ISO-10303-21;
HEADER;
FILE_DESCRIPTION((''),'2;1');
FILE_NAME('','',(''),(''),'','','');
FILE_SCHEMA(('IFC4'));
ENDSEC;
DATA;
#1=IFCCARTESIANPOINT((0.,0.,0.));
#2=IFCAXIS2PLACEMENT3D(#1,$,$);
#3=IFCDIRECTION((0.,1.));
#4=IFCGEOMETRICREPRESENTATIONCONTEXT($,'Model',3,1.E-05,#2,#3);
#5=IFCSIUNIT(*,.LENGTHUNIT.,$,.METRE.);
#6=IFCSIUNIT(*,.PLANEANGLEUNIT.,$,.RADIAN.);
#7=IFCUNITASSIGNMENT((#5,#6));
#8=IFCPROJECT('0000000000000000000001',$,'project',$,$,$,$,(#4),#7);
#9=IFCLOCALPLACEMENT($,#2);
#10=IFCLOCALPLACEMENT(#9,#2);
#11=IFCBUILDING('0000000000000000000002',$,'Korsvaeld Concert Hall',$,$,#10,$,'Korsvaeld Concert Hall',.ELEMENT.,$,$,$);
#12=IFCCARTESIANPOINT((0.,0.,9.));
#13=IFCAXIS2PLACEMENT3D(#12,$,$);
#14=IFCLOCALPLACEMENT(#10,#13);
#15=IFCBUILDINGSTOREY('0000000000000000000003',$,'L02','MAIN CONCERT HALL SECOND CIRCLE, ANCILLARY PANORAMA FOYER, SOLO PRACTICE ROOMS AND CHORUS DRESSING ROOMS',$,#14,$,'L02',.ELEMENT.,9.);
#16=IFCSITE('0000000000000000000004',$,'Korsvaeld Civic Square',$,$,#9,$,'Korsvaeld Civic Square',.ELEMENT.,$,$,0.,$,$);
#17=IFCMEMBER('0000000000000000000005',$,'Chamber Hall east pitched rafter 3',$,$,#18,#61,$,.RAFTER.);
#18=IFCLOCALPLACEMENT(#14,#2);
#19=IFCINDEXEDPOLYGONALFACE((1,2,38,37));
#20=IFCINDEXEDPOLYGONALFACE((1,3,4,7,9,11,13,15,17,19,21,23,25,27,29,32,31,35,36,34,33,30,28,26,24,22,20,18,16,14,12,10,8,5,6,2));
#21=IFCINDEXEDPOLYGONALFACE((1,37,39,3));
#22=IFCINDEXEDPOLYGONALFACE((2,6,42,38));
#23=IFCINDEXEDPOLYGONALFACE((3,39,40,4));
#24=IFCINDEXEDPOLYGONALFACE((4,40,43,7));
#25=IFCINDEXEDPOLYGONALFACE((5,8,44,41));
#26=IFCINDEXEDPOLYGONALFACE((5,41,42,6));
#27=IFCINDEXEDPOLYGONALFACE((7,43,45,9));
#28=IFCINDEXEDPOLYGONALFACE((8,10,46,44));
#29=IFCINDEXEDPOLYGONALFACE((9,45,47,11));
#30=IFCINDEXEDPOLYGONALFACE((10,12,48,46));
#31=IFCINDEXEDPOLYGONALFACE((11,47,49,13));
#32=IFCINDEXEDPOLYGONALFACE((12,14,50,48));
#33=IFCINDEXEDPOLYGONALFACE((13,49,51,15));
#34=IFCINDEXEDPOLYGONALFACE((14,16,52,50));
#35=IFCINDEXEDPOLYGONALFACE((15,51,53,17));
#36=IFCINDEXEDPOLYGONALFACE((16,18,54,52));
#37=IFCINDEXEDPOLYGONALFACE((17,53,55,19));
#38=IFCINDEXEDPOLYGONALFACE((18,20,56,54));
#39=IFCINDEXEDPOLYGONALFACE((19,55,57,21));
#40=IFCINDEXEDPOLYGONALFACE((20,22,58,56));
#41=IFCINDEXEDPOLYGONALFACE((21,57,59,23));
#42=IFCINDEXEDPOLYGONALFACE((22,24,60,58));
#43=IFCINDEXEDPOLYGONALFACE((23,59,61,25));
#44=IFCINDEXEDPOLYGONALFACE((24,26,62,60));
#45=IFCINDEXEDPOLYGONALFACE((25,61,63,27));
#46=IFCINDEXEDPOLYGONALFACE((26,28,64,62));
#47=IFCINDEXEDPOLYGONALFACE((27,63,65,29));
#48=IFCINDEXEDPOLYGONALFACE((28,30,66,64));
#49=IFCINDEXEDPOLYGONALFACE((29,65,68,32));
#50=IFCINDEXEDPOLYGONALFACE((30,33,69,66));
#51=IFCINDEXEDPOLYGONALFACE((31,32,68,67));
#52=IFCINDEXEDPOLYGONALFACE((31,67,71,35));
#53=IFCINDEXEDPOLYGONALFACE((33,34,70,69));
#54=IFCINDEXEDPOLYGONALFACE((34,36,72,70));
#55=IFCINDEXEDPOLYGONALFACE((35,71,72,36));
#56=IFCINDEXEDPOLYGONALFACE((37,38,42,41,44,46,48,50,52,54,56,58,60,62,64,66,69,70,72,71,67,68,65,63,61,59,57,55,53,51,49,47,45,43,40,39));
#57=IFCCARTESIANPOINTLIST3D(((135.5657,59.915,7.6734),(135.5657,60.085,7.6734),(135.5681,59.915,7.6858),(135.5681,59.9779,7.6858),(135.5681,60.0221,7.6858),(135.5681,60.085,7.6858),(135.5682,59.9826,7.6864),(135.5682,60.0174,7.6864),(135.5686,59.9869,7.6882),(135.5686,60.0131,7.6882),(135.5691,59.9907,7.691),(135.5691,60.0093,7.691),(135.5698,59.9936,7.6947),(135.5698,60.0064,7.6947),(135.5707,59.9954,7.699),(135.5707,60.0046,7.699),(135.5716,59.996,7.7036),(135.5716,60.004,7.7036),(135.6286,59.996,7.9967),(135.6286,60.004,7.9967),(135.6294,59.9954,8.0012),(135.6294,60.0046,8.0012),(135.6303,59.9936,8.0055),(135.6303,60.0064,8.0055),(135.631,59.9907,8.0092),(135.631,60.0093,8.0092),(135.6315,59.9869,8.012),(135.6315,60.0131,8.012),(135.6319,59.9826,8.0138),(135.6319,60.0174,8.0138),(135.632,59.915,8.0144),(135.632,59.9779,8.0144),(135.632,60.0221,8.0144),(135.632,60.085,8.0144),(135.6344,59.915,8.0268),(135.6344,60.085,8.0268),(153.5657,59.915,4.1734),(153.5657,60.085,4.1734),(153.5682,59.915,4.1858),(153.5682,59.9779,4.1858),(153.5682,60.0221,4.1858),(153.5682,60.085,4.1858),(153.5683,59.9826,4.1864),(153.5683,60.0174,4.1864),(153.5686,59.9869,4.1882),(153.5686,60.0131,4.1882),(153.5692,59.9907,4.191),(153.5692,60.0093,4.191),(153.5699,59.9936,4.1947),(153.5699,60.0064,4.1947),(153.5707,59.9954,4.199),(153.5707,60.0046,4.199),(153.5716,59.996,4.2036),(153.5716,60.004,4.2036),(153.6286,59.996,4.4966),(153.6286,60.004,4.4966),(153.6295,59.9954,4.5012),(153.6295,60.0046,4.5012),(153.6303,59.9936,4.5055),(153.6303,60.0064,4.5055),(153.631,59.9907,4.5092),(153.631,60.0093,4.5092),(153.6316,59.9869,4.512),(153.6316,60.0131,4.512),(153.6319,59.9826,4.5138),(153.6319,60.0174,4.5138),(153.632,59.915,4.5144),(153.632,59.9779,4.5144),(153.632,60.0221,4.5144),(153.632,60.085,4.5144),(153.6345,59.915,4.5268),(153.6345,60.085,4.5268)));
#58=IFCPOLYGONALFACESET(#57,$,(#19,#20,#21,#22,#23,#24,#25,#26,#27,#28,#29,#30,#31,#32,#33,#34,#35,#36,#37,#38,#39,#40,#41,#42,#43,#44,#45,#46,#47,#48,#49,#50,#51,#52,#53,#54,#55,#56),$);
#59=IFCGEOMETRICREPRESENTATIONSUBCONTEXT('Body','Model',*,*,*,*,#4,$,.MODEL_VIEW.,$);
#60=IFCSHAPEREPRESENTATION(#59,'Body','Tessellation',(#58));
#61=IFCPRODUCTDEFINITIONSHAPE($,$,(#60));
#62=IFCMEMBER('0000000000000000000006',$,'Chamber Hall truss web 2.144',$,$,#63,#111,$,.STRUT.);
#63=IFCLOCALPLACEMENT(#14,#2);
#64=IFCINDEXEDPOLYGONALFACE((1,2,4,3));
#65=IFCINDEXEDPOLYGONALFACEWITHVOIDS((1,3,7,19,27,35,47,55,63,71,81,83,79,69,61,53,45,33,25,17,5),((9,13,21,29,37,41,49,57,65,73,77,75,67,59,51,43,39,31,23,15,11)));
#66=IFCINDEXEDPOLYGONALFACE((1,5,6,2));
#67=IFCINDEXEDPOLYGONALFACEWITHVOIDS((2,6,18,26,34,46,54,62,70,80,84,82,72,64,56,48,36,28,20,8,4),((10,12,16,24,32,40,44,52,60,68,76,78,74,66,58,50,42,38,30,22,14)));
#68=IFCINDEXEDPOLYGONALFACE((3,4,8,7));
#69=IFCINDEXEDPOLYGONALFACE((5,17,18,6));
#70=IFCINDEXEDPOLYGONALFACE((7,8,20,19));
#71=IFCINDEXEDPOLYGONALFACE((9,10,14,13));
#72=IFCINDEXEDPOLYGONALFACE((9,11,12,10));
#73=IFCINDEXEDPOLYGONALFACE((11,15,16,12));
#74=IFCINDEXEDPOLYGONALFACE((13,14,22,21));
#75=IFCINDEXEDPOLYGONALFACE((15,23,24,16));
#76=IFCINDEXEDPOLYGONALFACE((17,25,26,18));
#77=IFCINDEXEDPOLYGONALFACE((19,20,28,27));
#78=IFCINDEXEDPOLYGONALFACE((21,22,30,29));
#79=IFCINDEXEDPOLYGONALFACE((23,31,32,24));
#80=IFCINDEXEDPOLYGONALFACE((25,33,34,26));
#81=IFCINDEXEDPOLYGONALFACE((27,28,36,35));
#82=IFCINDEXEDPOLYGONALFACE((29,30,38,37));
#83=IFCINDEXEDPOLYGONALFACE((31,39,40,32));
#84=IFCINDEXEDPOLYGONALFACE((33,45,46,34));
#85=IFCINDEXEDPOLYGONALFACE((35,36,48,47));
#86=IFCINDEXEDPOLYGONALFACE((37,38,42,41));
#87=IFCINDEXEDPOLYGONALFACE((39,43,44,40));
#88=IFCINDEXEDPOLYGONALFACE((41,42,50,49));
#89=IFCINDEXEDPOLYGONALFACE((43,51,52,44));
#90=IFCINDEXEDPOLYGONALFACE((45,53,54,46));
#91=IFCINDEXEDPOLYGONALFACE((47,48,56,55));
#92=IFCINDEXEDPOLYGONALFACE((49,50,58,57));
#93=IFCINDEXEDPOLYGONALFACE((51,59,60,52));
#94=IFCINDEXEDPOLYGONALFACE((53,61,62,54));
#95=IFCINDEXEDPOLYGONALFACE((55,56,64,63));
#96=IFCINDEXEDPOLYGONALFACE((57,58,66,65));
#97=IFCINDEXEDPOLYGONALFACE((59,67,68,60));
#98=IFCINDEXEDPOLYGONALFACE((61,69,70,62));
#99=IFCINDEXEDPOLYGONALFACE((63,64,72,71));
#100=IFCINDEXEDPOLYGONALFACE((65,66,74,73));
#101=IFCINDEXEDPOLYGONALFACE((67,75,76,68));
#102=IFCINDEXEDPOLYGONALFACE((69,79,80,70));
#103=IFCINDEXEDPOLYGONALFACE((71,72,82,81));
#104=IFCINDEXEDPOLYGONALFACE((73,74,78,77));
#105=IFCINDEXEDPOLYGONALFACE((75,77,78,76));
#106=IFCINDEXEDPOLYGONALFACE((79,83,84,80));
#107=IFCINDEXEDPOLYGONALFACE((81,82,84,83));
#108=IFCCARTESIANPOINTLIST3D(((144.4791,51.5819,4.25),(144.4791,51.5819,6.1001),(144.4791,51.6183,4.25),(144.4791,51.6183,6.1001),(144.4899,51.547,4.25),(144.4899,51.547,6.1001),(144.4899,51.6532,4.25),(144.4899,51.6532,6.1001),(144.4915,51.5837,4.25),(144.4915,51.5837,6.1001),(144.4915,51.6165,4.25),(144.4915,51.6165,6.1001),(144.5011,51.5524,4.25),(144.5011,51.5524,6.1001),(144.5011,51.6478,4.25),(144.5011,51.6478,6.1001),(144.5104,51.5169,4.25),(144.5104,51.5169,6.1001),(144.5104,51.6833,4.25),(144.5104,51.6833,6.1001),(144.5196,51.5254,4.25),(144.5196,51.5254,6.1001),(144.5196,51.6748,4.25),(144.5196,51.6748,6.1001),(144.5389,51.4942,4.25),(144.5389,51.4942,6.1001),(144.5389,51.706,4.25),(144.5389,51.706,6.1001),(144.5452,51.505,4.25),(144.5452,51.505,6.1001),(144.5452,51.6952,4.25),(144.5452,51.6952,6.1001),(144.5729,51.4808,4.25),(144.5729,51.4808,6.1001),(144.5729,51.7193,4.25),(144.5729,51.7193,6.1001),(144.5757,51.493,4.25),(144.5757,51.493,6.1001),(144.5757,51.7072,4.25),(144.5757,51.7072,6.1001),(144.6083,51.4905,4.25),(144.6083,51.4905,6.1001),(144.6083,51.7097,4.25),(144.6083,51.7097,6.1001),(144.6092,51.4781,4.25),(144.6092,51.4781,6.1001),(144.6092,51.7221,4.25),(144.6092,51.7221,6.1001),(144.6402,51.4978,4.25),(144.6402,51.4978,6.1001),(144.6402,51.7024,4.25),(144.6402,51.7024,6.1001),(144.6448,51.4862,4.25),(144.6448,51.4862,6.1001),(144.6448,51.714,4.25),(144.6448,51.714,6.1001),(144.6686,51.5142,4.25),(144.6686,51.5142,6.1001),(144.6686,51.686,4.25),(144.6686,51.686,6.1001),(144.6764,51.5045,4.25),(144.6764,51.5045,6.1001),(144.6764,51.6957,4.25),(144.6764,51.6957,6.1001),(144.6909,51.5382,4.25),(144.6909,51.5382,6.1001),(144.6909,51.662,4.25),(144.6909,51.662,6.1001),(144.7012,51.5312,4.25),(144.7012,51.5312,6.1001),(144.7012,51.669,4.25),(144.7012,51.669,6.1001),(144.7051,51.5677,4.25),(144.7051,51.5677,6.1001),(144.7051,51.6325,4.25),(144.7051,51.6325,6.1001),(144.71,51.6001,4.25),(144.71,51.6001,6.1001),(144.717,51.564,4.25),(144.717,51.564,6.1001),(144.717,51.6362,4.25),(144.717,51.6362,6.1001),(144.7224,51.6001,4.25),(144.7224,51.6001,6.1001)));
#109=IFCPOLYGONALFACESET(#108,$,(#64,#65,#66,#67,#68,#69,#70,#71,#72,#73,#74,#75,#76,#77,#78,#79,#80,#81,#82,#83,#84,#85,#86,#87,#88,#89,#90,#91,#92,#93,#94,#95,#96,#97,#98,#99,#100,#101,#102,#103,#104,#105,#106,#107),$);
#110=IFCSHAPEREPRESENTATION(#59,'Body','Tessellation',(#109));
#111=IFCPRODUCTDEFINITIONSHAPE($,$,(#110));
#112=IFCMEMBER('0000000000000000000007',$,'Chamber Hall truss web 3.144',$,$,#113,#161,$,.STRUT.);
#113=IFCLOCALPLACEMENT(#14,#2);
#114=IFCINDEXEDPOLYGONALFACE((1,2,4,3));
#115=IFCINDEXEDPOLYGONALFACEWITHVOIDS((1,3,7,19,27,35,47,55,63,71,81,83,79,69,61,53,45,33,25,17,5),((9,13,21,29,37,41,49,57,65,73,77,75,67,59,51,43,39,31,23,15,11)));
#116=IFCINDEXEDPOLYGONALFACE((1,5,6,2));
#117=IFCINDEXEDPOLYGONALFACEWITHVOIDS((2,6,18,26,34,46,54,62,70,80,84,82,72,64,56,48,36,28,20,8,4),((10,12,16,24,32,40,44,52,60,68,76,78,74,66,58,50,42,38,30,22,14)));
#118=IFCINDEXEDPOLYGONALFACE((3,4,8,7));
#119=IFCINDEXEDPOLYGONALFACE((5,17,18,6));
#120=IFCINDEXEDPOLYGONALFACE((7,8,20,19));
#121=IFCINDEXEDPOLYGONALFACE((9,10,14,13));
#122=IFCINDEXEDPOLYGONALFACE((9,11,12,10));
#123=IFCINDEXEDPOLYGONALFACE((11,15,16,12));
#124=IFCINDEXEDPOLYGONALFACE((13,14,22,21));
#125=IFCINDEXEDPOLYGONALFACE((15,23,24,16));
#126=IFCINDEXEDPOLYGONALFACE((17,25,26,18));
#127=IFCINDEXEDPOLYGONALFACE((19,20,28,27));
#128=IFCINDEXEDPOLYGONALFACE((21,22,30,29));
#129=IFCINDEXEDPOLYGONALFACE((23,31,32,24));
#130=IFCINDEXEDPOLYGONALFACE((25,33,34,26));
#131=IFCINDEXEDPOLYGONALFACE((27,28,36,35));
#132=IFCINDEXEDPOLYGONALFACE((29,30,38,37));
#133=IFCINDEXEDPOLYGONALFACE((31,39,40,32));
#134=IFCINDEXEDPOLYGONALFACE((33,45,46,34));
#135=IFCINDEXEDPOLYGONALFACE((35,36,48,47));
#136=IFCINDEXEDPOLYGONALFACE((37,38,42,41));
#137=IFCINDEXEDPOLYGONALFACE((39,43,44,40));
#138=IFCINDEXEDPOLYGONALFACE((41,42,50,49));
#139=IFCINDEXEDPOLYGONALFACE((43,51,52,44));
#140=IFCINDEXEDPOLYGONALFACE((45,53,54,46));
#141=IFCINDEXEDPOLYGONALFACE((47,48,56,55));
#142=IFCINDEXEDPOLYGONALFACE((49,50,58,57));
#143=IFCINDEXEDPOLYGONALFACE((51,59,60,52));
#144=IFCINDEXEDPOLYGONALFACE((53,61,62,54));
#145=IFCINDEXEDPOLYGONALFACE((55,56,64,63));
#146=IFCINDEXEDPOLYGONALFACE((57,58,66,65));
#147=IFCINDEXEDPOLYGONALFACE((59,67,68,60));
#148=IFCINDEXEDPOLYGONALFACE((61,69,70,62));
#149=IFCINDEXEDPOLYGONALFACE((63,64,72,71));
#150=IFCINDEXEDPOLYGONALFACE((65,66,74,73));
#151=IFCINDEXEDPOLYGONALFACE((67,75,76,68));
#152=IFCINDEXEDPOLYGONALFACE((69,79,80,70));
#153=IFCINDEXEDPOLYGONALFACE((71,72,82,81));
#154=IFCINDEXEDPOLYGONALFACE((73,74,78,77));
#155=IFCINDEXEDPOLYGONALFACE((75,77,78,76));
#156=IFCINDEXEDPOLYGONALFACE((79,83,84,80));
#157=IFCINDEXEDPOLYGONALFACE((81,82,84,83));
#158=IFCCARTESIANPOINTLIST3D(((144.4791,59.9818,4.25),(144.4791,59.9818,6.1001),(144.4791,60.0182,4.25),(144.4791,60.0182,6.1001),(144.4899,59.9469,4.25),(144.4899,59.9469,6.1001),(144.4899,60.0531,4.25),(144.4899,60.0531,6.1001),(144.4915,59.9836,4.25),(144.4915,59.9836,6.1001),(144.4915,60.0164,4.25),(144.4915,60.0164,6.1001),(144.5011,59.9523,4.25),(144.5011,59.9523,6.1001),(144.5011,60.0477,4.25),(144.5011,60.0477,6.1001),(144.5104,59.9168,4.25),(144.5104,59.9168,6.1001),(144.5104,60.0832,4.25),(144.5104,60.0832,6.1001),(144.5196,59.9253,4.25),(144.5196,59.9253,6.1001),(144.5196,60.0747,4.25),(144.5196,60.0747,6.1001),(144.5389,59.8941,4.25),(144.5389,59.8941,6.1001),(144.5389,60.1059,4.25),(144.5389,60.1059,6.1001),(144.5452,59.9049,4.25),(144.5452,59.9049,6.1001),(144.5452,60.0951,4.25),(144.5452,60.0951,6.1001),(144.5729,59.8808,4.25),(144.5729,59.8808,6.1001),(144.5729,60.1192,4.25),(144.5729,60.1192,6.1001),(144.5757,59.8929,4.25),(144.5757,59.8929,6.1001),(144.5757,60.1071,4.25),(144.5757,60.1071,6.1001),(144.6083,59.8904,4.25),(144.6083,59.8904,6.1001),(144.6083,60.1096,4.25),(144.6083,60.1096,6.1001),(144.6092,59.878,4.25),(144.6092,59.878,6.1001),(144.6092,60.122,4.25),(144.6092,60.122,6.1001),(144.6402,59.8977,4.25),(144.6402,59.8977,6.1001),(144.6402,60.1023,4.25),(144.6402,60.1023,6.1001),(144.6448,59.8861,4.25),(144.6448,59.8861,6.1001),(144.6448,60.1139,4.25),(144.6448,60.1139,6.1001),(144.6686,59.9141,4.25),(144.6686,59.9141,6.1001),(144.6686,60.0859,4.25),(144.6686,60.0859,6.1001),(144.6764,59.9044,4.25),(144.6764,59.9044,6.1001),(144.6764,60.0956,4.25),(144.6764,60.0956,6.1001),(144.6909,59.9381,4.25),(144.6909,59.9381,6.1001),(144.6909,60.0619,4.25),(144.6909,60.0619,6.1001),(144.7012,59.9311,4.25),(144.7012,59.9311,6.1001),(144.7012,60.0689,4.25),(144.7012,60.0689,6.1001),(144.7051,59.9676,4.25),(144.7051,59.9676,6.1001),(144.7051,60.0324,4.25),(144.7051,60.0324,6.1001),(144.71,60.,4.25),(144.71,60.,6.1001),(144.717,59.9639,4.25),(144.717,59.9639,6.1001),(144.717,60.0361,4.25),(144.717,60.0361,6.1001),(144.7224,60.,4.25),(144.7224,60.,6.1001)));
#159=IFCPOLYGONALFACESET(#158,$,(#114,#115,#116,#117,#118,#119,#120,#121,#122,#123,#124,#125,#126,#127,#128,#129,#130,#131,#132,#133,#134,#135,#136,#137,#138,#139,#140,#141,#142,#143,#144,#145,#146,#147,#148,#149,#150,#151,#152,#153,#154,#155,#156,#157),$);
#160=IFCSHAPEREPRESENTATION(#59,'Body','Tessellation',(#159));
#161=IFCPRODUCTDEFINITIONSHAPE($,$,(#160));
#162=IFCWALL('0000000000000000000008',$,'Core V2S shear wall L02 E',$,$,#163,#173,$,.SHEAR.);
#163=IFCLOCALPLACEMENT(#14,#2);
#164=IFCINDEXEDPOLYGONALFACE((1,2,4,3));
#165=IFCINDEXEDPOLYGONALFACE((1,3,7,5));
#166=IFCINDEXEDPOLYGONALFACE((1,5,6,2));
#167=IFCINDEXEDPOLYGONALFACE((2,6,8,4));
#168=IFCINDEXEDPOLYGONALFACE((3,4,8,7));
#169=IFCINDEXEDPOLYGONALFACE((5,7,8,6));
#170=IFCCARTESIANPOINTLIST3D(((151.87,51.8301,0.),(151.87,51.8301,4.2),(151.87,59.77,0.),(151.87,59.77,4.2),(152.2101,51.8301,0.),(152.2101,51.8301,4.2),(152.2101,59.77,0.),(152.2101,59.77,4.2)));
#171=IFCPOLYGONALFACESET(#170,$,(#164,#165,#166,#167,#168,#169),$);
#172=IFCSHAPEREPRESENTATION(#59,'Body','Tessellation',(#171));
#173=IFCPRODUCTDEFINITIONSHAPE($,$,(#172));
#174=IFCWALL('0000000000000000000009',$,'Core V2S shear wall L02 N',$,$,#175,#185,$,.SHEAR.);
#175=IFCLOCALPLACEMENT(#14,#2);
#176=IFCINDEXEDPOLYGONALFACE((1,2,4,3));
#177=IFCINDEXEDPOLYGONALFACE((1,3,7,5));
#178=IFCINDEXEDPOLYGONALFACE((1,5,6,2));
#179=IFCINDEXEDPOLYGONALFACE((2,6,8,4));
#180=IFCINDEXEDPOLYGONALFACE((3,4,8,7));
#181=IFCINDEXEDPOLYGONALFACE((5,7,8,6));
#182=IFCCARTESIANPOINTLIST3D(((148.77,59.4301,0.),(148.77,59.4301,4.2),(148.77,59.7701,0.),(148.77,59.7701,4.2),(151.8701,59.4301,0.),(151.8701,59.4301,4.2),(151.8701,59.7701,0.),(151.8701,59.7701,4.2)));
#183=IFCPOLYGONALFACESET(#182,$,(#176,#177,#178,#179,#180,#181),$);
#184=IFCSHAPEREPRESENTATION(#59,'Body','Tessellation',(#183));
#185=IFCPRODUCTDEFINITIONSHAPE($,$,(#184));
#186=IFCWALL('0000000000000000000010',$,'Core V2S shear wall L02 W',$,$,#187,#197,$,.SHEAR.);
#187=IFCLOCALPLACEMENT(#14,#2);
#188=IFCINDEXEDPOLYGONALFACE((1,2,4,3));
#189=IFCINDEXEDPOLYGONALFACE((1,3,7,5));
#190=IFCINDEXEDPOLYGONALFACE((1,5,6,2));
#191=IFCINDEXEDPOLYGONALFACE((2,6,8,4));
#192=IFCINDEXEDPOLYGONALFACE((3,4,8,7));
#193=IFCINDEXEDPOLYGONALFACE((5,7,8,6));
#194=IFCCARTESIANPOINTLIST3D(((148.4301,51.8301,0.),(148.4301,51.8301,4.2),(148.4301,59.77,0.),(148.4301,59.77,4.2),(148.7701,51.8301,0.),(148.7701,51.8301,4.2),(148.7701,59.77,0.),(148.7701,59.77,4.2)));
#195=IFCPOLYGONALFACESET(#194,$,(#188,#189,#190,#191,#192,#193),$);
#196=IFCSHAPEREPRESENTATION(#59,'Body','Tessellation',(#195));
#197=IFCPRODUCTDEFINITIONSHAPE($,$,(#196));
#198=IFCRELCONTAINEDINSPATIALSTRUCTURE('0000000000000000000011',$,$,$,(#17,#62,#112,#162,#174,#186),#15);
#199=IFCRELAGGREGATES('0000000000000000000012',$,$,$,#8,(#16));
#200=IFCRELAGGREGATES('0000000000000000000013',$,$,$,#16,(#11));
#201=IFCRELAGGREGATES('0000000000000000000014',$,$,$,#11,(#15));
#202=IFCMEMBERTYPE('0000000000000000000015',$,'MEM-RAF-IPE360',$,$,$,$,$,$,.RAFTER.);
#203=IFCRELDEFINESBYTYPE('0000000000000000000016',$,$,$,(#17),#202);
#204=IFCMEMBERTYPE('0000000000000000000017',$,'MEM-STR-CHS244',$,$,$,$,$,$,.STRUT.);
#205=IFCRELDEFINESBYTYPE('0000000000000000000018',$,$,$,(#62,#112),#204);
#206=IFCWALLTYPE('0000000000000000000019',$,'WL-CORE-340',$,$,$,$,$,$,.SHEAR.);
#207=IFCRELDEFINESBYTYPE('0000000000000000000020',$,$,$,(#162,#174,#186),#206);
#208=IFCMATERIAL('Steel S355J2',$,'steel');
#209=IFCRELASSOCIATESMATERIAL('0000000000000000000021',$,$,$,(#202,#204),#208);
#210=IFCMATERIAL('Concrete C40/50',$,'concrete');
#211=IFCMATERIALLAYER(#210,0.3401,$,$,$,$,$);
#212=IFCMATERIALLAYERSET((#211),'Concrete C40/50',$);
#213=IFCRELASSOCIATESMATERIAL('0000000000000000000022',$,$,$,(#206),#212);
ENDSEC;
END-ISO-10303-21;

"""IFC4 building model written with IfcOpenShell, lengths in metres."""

from ifc_helpers import new_model, si_unit, direction, frame, frame_2d, origin, origin_2d, place, context, subcontext, project, spatial, rectangle, hollow_circle, i_section, extrude, material, layer, layer_set, material_profile, profile_set, type_object, element, save


model = new_model("IFC4")

# Units and contexts
model_context = context("Model", 3, precision=1e-05, world=origin(), true_north=direction((0.0, 1.0)))
body_context = subcontext(model_context, "Body", "Model", "MODEL_VIEW")
ifc_project = project(units=[si_unit("LENGTHUNIT", "METRE"), si_unit("PLANEANGLEUNIT", "RADIAN")], contexts=[model_context])

# Site, building, storey
site_placement = place(None, origin())
site = spatial("IfcSite", under=ifc_project, at=site_placement, Name="Korsvaeld Civic Square", LongName="Korsvaeld Civic Square", CompositionType="ELEMENT", RefElevation=0.0)
building_placement = place(site_placement, origin())
building = spatial("IfcBuilding", under=site, at=building_placement, Name="Korsvaeld Concert Hall", LongName="Korsvaeld Concert Hall", CompositionType="ELEMENT")
storey_placement = place(building_placement, frame((0.0, 0.0, 9.0)))
storey = spatial("IfcBuildingStorey", under=building, at=storey_placement, Name="L02", Description="MAIN CONCERT HALL SECOND CIRCLE, ANCILLARY PANORAMA FOYER, SOLO PRACTICE ROOMS AND CHORUS DRESSING ROOMS", LongName="L02", CompositionType="ELEMENT", Elevation=9.0)

# Shared definitions
ifc_material_1 = material(Name="Concrete C40/50", Category="concrete")

# Members
ifc_material_2 = material(Name="Steel S355J2", Category="steel")
ifc_material_profile_1 = material_profile(ifc_material_2, i_section(OverallWidth=0.1699, OverallDepth=0.3601, WebThickness=0.0081, FlangeThickness=0.0127, FilletRadius=0.0181, at=origin_2d()), Name="IPE 360")
ifc_profile_set_1 = profile_set([ifc_material_profile_1], Name="Steel S355J2")
member_type_1 = type_object("IfcMemberType", Name="MEM-RAF-IPE360", PredefinedType="RAFTER", material=ifc_profile_set_1)
for number, where, z_axis, x_axis, name in (
    (1, (153.6001, 60.0, 4.3501), (-0.981615, 0.0, 0.19087), (0.0, -1.0, 0.0), "Chamber Hall east pitched rafter 3"),
):
    element("IfcMember", number, at=place(storey_placement, frame(where, z_axis=z_axis, x_axis=x_axis)), inside=storey, type_object=member_type_1, Name=name, PredefinedType="RAFTER", context=body_context, shape_type="SweptSolid", body=[
        extrude(i_section(OverallWidth=0.1699, OverallDepth=0.3601, WebThickness=0.0081, FlangeThickness=0.0127, FilletRadius=0.0181, at=origin_2d()), origin(), (0.0, 0.0, 1.0), 18.3372),
    ])
ifc_material_profile_2 = material_profile(ifc_material_2, hollow_circle(Radius=0.1223, WallThickness=0.0125, at=origin_2d()), Name="CHS 244.5x12.5")
ifc_profile_set_2 = profile_set([ifc_material_profile_2], Name="Steel S355J2")
member_type_2 = type_object("IfcMemberType", Name="MEM-STR-CHS244", PredefinedType="STRUT", material=ifc_profile_set_2)
for number, where, z_axis, x_axis, name in (
    (2, (144.6001, 51.6001, 4.25), (0.0, 0.0, 1.0), (1.0, 0.0, 0.0), "Chamber Hall truss web 2.144"),
    (3, (144.6001, 60.0, 4.25), (0.0, 0.0, 1.0), (1.0, 0.0, 0.0), "Chamber Hall truss web 3.144"),
):
    element("IfcMember", number, at=place(storey_placement, frame(where, z_axis=z_axis, x_axis=x_axis)), inside=storey, type_object=member_type_2, Name=name, PredefinedType="STRUT", context=body_context, shape_type="SweptSolid", body=[
        extrude(hollow_circle(Radius=0.1223, WallThickness=0.0125, at=origin_2d()), origin(), (0.0, 0.0, 1.0), 1.8501),
    ])

# Shared definitions
ifc_layer_1 = layer(ifc_material_1, 0.3401)
ifc_layer_set_1 = layer_set([ifc_layer_1], Name="Concrete C40/50")
wall_type_1 = type_object("IfcWallType", Name="WL-CORE-340", PredefinedType="SHEAR", material=ifc_layer_set_1)

# Walls
wall_1_placement = place(storey_placement, frame((152.04, 51.8301, 0.0), z_axis=(0.0, 0.0, 1.0), x_axis=(0.0, 1.0, 0.0)))
element("IfcWall", 4, at=wall_1_placement, inside=storey, type_object=wall_type_1, Name="Core V2S shear wall L02 E", PredefinedType="SHEAR", context=body_context, shape_type="SweptSolid", body=[
    extrude(rectangle(XDim=7.9399, YDim=0.3401, at=frame_2d((3.97, 0.0))), origin(), (0.0, 0.0, 1.0), 4.2),
])
wall_2_placement = place(storey_placement, frame((151.8701, 59.6001, 0.0), z_axis=(0.0, 0.0, 1.0), x_axis=(-1.0, 0.0, 0.0)))
element("IfcWall", 5, at=wall_2_placement, inside=storey, type_object=wall_type_1, Name="Core V2S shear wall L02 N", PredefinedType="SHEAR", context=body_context, shape_type="SweptSolid", body=[
    extrude(rectangle(XDim=3.1001, YDim=0.3401, at=frame_2d((1.55, 0.0))), origin(), (0.0, 0.0, 1.0), 4.2),
])
wall_3_placement = place(storey_placement, frame((148.6001, 59.77, 0.0), z_axis=(0.0, 0.0, 1.0), x_axis=(0.0, -1.0, 0.0)))
element("IfcWall", 6, at=wall_3_placement, inside=storey, type_object=wall_type_1, Name="Core V2S shear wall L02 W", PredefinedType="SHEAR", context=body_context, shape_type="SweptSolid", body=[
    extrude(rectangle(XDim=7.9399, YDim=0.3401, at=frame_2d((3.97, 0.0))), origin(), (0.0, 0.0, 1.0), 4.2),
])

save(model, "model.ifc")
